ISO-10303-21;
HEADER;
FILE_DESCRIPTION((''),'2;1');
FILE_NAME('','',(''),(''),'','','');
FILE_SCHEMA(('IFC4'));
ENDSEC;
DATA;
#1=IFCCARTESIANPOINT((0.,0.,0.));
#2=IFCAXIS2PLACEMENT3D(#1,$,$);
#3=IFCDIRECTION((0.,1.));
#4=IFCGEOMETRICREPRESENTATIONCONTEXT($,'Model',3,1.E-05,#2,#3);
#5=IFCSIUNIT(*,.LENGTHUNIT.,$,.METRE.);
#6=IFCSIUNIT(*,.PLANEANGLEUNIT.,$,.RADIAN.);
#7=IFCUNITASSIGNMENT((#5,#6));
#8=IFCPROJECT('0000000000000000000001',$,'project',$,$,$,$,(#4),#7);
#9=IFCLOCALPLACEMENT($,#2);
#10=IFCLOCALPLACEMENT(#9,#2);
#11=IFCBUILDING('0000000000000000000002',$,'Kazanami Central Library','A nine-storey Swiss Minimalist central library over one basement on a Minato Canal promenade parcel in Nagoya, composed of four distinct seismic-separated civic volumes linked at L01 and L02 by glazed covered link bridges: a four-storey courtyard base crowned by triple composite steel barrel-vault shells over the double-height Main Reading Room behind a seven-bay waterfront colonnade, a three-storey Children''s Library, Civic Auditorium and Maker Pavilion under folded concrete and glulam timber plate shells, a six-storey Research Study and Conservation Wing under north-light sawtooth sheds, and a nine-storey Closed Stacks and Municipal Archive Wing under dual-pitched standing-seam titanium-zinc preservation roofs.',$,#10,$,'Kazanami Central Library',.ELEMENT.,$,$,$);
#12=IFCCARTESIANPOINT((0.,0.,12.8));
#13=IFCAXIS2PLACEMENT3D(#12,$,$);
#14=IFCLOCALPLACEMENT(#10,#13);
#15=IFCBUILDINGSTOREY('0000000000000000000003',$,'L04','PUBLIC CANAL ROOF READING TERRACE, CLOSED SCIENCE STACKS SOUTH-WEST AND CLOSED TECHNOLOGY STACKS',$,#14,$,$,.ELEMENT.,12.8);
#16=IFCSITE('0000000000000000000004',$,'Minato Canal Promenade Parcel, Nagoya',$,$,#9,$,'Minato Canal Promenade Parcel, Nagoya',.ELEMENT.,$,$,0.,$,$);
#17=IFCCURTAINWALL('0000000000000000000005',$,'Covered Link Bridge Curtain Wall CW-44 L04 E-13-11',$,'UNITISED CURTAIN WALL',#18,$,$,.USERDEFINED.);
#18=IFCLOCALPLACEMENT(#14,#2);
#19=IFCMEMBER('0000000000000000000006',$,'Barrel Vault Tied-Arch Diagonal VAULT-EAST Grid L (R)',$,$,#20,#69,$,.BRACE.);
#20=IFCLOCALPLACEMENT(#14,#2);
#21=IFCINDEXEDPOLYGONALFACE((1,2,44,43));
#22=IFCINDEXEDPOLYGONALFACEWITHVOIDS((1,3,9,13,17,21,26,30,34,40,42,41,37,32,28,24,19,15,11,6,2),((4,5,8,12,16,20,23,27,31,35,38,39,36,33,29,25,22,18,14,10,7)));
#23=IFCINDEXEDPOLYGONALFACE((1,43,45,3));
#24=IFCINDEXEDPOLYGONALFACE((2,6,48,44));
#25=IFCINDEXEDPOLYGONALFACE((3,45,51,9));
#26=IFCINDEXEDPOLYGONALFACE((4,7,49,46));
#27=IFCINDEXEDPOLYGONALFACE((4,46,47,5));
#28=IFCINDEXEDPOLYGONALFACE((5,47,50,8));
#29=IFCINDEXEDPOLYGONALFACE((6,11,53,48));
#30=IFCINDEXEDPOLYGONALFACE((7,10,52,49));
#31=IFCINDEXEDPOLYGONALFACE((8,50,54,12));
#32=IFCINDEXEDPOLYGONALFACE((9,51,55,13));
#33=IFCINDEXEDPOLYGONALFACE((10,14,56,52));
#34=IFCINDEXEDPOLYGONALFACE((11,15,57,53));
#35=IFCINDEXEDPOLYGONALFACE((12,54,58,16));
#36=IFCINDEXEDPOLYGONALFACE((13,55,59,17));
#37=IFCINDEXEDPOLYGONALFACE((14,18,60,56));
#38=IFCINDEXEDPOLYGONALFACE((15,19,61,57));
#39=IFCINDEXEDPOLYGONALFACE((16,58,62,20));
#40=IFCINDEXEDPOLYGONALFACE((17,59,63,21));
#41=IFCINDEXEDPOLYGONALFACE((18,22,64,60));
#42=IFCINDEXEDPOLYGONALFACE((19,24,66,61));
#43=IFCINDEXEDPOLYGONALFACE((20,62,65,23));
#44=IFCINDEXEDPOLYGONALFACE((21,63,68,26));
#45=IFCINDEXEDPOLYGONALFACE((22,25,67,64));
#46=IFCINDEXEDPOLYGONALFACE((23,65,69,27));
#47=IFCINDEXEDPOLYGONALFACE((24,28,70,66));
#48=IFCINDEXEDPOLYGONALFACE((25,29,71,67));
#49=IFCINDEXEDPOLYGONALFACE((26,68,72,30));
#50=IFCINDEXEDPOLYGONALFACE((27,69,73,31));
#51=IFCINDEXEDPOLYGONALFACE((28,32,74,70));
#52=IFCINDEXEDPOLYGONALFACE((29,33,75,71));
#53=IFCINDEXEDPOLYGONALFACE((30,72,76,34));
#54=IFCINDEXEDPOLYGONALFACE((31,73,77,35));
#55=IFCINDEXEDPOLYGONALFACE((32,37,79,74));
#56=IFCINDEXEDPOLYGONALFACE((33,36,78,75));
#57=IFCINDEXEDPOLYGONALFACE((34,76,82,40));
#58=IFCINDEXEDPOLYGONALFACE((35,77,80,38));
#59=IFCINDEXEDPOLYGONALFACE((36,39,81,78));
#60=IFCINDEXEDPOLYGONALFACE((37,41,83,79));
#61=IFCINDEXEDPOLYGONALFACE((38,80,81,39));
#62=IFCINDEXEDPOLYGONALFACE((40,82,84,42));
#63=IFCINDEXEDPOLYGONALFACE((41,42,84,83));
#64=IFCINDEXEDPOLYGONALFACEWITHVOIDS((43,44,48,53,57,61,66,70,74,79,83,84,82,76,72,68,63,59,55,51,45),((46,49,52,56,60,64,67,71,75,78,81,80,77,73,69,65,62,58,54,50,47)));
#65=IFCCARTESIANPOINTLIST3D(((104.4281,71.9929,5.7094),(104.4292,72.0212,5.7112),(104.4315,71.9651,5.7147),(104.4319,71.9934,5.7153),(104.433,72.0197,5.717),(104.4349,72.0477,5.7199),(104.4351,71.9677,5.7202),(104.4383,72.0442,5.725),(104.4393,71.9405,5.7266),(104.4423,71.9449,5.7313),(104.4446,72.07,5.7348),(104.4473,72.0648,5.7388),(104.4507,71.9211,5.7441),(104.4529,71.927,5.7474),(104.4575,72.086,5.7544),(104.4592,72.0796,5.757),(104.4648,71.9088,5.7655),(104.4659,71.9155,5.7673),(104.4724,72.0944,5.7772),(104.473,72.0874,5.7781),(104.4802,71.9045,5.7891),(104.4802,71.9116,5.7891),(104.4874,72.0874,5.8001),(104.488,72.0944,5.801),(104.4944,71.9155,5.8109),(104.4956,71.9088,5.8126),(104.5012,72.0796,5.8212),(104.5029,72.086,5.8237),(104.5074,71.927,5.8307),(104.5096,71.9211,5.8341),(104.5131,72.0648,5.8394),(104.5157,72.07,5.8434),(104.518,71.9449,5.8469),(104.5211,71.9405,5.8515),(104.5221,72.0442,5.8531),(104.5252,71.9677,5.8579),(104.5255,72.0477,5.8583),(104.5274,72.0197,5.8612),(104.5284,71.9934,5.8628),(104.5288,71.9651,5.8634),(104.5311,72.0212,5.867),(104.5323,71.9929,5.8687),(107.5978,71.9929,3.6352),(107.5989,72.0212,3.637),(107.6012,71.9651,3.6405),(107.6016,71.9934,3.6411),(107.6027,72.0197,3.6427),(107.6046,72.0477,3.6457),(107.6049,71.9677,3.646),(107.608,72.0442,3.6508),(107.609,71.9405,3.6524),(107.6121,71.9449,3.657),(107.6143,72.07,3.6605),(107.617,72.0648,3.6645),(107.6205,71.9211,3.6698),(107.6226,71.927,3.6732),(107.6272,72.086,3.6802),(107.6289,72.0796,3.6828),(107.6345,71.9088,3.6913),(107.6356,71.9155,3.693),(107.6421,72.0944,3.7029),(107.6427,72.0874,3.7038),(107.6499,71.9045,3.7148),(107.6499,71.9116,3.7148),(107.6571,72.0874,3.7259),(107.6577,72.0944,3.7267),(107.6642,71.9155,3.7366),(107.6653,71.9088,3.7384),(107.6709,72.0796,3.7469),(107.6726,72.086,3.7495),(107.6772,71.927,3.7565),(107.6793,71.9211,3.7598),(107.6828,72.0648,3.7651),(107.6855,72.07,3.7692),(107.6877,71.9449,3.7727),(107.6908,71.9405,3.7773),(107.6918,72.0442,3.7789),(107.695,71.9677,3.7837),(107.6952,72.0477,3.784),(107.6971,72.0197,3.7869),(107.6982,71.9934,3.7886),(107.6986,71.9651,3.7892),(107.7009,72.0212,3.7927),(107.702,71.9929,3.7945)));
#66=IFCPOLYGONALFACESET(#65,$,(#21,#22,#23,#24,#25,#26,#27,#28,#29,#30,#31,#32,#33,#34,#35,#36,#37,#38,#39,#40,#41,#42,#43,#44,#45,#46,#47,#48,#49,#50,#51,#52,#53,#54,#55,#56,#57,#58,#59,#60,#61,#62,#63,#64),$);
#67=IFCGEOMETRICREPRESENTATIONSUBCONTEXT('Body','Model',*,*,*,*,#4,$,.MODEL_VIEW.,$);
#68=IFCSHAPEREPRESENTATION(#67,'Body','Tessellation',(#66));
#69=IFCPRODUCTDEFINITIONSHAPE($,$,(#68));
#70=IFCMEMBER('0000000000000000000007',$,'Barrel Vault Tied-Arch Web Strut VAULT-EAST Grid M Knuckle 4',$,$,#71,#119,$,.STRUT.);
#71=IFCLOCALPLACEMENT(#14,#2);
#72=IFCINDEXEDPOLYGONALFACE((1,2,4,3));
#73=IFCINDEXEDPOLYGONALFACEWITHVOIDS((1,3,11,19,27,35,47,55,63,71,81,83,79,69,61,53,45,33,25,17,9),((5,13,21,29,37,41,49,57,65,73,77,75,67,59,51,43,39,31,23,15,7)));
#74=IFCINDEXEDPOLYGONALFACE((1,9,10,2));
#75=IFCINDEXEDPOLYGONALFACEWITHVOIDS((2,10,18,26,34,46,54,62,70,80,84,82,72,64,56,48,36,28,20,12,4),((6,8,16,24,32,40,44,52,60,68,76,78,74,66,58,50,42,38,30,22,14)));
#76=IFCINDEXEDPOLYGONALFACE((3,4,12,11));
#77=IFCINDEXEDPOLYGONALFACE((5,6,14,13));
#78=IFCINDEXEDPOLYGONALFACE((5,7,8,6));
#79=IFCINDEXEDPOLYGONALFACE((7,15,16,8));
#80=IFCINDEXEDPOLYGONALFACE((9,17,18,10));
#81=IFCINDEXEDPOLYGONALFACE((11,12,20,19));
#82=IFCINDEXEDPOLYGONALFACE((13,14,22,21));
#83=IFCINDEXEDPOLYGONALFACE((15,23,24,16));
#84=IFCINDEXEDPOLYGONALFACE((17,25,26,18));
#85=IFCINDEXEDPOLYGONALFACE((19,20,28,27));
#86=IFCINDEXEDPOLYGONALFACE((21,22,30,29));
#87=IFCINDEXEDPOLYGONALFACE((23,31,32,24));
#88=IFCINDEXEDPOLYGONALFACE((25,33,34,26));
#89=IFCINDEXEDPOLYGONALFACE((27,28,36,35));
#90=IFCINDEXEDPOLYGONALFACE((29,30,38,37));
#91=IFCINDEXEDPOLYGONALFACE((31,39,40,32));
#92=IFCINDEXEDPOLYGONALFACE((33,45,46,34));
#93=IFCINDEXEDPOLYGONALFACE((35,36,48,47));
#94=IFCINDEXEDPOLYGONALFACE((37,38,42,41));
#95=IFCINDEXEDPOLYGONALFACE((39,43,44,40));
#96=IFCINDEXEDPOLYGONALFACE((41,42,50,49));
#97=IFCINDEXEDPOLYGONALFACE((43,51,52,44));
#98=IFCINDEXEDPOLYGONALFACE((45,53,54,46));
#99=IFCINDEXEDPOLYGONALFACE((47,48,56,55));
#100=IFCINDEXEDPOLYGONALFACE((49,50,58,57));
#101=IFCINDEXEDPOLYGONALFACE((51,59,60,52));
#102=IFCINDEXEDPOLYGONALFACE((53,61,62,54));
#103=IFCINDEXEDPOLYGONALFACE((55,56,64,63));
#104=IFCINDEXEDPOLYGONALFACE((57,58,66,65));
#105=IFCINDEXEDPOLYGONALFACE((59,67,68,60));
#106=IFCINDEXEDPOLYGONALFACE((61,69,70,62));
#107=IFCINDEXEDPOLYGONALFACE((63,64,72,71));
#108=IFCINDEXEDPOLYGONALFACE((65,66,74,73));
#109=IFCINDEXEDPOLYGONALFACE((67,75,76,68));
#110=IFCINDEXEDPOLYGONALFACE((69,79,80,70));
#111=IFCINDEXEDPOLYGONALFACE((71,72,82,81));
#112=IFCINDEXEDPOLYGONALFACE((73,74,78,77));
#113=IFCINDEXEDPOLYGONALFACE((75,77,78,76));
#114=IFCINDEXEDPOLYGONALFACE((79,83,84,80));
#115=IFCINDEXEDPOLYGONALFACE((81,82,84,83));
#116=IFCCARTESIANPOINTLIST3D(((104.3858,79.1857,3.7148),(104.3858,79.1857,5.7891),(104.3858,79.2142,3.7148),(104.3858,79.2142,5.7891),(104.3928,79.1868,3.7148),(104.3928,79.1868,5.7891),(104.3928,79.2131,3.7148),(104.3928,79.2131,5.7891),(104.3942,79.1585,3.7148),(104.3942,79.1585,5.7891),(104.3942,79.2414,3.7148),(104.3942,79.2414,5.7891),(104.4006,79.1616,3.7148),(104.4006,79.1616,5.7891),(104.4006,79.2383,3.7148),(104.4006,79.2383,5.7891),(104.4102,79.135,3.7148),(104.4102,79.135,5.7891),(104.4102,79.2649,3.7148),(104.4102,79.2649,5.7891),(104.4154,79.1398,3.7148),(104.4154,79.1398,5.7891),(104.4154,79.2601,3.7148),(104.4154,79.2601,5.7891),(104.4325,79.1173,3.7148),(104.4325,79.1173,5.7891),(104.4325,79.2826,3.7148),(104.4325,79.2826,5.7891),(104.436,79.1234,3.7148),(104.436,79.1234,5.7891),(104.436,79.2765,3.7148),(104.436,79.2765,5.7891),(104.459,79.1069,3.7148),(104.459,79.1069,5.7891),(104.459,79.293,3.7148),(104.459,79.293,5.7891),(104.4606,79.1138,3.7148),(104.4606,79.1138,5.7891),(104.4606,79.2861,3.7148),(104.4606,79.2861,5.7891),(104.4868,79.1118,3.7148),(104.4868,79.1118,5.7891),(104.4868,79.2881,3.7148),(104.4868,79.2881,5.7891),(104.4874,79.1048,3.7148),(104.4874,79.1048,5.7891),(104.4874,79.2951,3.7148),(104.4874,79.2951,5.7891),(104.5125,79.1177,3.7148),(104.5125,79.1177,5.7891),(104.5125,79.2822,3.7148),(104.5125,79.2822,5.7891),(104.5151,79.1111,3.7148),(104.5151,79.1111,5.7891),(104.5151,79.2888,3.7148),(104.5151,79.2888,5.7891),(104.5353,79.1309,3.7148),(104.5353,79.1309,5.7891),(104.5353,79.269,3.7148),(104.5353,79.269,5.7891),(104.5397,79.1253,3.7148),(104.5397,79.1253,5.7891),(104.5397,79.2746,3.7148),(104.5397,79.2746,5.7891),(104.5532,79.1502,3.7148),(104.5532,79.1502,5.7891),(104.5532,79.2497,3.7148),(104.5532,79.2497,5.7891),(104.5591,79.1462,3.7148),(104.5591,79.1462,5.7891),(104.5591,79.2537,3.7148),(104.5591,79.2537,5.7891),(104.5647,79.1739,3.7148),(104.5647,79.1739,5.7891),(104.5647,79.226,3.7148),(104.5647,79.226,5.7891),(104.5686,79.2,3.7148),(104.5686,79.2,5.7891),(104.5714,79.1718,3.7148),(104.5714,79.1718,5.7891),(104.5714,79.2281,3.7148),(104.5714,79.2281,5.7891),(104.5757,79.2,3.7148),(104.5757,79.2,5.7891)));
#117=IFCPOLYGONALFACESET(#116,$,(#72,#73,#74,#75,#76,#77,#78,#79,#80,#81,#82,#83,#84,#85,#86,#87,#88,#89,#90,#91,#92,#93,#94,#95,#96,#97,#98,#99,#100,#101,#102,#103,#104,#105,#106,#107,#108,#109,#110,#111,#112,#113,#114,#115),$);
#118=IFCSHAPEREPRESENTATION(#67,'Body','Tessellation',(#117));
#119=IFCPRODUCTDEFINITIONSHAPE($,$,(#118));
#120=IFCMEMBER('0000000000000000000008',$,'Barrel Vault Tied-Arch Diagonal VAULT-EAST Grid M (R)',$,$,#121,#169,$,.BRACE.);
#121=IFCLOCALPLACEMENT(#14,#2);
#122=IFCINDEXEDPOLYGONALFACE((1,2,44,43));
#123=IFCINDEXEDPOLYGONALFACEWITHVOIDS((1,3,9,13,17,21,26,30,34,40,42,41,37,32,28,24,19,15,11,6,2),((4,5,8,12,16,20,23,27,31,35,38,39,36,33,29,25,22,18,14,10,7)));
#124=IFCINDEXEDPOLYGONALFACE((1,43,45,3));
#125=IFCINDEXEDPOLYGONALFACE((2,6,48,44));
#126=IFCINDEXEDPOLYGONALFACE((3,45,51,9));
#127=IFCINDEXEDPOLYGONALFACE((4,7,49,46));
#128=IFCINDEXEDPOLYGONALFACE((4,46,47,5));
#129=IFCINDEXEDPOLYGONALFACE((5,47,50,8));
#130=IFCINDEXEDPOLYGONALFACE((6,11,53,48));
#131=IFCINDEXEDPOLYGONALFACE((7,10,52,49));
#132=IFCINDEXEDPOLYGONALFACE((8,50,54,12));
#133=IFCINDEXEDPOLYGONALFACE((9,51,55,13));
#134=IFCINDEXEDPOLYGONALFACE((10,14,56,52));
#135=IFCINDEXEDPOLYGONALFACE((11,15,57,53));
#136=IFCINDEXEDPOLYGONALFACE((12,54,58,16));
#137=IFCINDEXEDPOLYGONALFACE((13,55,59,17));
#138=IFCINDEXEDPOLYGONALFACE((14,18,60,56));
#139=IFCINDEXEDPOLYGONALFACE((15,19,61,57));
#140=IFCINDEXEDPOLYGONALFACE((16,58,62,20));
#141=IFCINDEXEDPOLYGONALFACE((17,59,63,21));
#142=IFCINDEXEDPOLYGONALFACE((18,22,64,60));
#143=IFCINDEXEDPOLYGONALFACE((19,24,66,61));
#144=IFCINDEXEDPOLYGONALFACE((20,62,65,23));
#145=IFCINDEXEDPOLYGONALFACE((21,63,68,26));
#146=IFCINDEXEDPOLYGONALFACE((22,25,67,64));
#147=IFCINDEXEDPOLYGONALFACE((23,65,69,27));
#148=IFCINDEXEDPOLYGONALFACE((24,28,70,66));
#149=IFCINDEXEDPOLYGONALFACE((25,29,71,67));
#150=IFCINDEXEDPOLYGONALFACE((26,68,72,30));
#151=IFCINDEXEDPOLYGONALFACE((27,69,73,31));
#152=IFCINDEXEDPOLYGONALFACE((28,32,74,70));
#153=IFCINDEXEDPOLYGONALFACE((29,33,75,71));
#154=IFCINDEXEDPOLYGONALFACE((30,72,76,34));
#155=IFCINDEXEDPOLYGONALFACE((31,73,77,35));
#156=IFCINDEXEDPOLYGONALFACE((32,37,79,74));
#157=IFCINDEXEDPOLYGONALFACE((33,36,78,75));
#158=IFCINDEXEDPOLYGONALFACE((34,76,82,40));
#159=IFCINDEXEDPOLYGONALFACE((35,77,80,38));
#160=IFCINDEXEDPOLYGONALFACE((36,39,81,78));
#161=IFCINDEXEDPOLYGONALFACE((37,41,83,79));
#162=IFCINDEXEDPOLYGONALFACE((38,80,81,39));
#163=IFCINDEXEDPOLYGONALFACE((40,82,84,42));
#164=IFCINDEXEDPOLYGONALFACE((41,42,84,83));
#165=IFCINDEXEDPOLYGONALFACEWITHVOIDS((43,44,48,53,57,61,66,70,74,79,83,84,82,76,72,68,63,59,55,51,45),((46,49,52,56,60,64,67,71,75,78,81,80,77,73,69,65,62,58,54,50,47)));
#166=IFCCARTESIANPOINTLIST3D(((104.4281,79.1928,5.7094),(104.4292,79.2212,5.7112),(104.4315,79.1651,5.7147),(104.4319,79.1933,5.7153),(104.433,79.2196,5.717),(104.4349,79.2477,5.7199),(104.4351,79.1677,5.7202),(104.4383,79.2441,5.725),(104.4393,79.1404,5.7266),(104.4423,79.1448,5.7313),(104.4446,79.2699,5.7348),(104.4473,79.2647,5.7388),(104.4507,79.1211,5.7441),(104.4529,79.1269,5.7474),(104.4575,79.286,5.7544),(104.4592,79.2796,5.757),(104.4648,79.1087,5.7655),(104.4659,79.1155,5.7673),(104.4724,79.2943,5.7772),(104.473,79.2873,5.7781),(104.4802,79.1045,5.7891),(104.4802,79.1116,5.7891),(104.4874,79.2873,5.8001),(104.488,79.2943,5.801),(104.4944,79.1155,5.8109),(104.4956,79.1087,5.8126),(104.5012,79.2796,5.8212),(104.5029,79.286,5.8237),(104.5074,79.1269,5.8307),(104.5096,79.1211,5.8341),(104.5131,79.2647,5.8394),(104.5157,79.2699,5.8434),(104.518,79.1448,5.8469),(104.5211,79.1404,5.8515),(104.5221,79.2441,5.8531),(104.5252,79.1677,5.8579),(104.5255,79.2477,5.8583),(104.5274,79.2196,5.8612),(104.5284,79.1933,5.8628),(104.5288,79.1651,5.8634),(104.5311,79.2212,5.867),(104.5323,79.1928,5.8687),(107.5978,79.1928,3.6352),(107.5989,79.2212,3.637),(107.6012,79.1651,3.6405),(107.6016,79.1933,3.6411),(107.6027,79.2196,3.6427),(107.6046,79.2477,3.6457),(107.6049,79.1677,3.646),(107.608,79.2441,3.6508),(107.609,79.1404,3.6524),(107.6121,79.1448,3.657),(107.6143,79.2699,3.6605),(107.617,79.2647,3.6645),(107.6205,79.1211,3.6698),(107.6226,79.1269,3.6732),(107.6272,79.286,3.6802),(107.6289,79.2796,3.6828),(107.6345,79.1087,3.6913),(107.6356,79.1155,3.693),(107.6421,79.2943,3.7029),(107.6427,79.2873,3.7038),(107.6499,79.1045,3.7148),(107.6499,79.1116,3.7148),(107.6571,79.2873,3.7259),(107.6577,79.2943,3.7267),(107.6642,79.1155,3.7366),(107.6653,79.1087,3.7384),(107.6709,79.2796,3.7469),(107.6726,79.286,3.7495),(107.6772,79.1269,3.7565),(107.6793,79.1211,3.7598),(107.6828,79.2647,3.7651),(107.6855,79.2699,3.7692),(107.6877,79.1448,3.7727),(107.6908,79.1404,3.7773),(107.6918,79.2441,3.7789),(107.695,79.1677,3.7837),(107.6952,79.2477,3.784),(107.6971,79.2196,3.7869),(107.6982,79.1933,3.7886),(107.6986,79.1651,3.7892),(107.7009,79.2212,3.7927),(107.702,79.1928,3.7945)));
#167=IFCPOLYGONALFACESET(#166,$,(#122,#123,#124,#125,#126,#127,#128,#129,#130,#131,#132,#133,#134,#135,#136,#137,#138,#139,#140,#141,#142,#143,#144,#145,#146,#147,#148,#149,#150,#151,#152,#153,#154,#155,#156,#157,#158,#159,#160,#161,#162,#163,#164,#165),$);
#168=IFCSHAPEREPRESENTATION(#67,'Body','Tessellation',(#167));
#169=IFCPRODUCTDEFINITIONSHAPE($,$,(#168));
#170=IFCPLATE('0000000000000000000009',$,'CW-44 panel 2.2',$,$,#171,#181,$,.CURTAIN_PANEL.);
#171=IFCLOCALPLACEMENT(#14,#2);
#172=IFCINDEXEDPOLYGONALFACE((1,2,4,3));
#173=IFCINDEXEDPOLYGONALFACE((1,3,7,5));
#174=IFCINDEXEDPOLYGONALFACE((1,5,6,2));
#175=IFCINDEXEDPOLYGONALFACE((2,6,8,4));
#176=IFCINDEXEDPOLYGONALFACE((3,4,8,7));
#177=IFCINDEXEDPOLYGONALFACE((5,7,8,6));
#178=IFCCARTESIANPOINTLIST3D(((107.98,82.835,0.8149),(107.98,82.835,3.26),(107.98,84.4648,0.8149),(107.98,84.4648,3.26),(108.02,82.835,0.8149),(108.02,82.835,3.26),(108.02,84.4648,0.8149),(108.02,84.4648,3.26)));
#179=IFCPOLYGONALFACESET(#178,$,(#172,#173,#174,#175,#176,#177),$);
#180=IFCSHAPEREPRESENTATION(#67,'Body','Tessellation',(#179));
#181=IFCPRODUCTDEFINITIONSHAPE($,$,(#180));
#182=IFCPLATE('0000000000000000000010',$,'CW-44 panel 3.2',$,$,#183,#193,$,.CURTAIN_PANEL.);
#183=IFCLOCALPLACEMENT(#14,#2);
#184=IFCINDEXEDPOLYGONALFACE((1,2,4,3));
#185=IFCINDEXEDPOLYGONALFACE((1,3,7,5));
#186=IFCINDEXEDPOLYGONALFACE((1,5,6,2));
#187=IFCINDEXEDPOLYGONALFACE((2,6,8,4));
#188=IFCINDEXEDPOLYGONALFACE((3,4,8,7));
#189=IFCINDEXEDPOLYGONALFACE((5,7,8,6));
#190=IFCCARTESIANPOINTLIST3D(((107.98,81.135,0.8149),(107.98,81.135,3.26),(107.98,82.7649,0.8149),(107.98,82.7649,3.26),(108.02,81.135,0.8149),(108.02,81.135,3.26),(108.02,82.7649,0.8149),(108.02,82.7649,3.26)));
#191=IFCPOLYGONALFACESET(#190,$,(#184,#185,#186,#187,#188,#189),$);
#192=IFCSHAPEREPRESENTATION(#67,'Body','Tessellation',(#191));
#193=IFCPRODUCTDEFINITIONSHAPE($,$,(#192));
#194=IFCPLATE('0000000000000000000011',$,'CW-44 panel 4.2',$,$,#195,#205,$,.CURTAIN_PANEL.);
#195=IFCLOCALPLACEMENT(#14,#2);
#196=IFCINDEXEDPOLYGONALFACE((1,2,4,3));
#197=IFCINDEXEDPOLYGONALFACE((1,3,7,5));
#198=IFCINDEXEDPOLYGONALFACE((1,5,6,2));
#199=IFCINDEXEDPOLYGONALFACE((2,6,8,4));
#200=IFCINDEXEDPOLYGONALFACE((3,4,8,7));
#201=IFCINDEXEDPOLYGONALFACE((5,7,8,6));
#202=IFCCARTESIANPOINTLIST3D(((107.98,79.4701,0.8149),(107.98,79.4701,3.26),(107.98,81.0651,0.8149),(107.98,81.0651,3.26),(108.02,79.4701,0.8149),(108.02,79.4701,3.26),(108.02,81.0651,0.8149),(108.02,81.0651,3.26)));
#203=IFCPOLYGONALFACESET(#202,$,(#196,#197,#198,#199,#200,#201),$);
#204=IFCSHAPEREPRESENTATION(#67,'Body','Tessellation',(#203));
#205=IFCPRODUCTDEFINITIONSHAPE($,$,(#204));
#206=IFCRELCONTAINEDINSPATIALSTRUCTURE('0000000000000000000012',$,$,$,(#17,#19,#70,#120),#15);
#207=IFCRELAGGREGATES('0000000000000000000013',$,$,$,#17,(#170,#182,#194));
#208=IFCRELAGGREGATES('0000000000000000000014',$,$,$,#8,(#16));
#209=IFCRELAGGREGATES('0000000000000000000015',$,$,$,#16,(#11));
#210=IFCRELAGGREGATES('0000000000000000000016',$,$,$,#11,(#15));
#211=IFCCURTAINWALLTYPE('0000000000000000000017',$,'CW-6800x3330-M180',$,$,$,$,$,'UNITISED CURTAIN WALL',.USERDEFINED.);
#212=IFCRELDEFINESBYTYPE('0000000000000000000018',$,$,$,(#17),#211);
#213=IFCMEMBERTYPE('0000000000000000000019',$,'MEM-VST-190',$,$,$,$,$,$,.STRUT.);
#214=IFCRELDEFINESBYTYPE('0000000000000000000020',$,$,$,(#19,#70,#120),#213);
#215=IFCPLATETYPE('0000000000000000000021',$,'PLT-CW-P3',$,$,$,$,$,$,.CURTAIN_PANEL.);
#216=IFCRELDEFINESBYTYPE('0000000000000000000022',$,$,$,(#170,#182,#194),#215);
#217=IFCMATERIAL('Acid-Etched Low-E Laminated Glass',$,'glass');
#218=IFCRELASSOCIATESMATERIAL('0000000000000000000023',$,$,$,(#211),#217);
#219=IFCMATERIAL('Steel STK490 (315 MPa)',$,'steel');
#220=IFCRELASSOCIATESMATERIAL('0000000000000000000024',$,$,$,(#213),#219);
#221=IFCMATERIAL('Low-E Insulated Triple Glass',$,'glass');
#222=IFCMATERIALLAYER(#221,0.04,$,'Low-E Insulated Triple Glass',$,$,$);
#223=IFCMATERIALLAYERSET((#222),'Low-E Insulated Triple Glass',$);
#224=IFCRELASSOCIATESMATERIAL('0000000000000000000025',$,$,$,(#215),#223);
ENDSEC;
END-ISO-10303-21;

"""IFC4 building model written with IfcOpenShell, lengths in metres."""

from ifc_helpers import new_model, si_unit, direction, frame, origin, origin_2d, place, context, subcontext, project, spatial, rectangle, hollow_circle, extrude, material, layer, layer_set, material_profile, profile_set, type_object, element, aggregate, save


model = new_model("IFC4")

# Units and contexts
model_context = context("Model", 3, precision=1e-05, world=origin(), true_north=direction((0.0, 1.0)))
body_context = subcontext(model_context, "Body", "Model", "MODEL_VIEW")
ifc_project = project(units=[si_unit("LENGTHUNIT", "METRE"), si_unit("PLANEANGLEUNIT", "RADIAN")], contexts=[model_context])

# Site, building, storey
site_placement = place(None, origin())
site = spatial("IfcSite", under=ifc_project, at=site_placement, Name="Minato Canal Promenade Parcel, Nagoya", LongName="Minato Canal Promenade Parcel, Nagoya", CompositionType="ELEMENT", RefElevation=0.0)
building_placement = place(site_placement, origin())
building = spatial("IfcBuilding", under=site, at=building_placement, Name="Kazanami Central Library", Description="A nine-storey Swiss Minimalist central library over one basement on a Minato Canal promenade parcel in Nagoya, composed of four distinct seismic-separated civic volumes linked at L01 and L02 by glazed covered link bridges: a four-storey courtyard base crowned by triple composite steel barrel-vault shells over the double-height Main Reading Room behind a seven-bay waterfront colonnade, a three-storey Children's Library, Civic Auditorium and Maker Pavilion under folded concrete and glulam timber plate shells, a six-storey Research Study and Conservation Wing under north-light sawtooth sheds, and a nine-storey Closed Stacks and Municipal Archive Wing under dual-pitched standing-seam titanium-zinc preservation roofs.", LongName="Kazanami Central Library", CompositionType="ELEMENT")
storey_placement = place(building_placement, frame((0.0, 0.0, 12.8)))
storey = spatial("IfcBuildingStorey", under=building, at=storey_placement, Name="L04", Description="PUBLIC CANAL ROOF READING TERRACE, CLOSED SCIENCE STACKS SOUTH-WEST AND CLOSED TECHNOLOGY STACKS", CompositionType="ELEMENT", Elevation=12.8)

# Curtain wall
ifc_material_1 = material(Name="Acid-Etched Low-E Laminated Glass", Category="glass")
curtain_wall_type = type_object("IfcCurtainWallType", Name="CW-6800x3330-M180", ElementType="UNITISED CURTAIN WALL", PredefinedType="USERDEFINED", material=ifc_material_1)
curtain_wall_placement = place(storey_placement, origin())
curtain_wall = element("IfcCurtainWall", 1, at=curtain_wall_placement, inside=storey, type_object=curtain_wall_type, Name="Covered Link Bridge Curtain Wall CW-44 L04 E-13-11", ObjectType="UNITISED CURTAIN WALL", PredefinedType="USERDEFINED")

# Members
ifc_material_2 = material(Name="Steel STK490 (315 MPa)", Category="steel")
ifc_material_profile_1 = material_profile(ifc_material_2, hollow_circle(Radius=0.0955, WallThickness=0.0071, at=origin_2d()), Name="CHS-190.7x7.0")
ifc_profile_set_1 = profile_set([ifc_material_profile_1], Name="Steel STK490 (315 MPa)")
member_type_1 = type_object("IfcMemberType", Name="MEM-VST-190", PredefinedType="STRUT", material=ifc_profile_set_1)
member_1_placement = place(storey_placement, frame((107.6499, 72.0, 3.7148), z_axis=(-0.83676, 0.0, 0.547571), x_axis=(0.0, -1.0, 0.0)))
element("IfcMember", 2, at=member_1_placement, inside=storey, type_object=member_type_1, Name="Barrel Vault Tied-Arch Diagonal VAULT-EAST Grid L (R)", PredefinedType="BRACE", context=body_context, shape_type="SweptSolid", body=[
    extrude(hollow_circle(Radius=0.0955, WallThickness=0.0071, at=origin_2d()), origin(), (0.0, 0.0, 1.0), 3.7881),
])
member_2_placement = place(storey_placement, frame((104.4802, 79.2, 3.7148), z_axis=(0.0, 0.0, 1.0), x_axis=(1.0, 0.0, 0.0)))
element("IfcMember", 3, at=member_2_placement, inside=storey, type_object=member_type_1, Name="Barrel Vault Tied-Arch Web Strut VAULT-EAST Grid M Knuckle 4", PredefinedType="STRUT", context=body_context, shape_type="SweptSolid", body=[
    extrude(hollow_circle(Radius=0.0955, WallThickness=0.0071, at=origin_2d()), origin(), (0.0, 0.0, 1.0), 2.0742),
])
member_3_placement = place(storey_placement, frame((107.6499, 79.2, 3.7148), z_axis=(-0.83676, 0.0, 0.547571), x_axis=(0.0, -1.0, 0.0)))
element("IfcMember", 4, at=member_3_placement, inside=storey, type_object=member_type_1, Name="Barrel Vault Tied-Arch Diagonal VAULT-EAST Grid M (R)", PredefinedType="BRACE", context=body_context, shape_type="SweptSolid", body=[
    extrude(hollow_circle(Radius=0.0955, WallThickness=0.0071, at=origin_2d()), origin(), (0.0, 0.0, 1.0), 3.7881),
])

# Plates
ifc_material_3 = material(Name="Low-E Insulated Triple Glass", Category="glass")
ifc_layer_1 = layer(ifc_material_3, 0.04, Name="Low-E Insulated Triple Glass")
ifc_layer_set_1 = layer_set([ifc_layer_1], Name="Low-E Insulated Triple Glass")
plate_type_1 = type_object("IfcPlateType", Name="PLT-CW-P3", PredefinedType="CURTAIN_PANEL", material=ifc_layer_set_1)
plate_1_placement = place(storey_placement, frame((108.0, 83.6499, 0.8149), z_axis=(0.0, 0.0, 1.0), x_axis=(0.0, -1.0, 0.0)))
plate_1 = element("IfcPlate", 5, at=plate_1_placement, type_object=plate_type_1, Name="CW-44 panel 2.2", PredefinedType="CURTAIN_PANEL", context=body_context, shape_type="SweptSolid", body=[
    extrude(rectangle(XDim=1.6299, YDim=0.04, at=origin_2d()), origin(), (0.0, 0.0, 1.0), 2.4451),
])
plate_2_placement = place(storey_placement, frame((108.0, 81.95, 0.8149), z_axis=(0.0, 0.0, 1.0), x_axis=(0.0, -1.0, 0.0)))
plate_2 = element("IfcPlate", 6, at=plate_2_placement, type_object=plate_type_1, Name="CW-44 panel 3.2", PredefinedType="CURTAIN_PANEL", context=body_context, shape_type="SweptSolid", body=[
    extrude(rectangle(XDim=1.6299, YDim=0.04, at=origin_2d()), origin(), (0.0, 0.0, 1.0), 2.4451),
])
plate_3_placement = place(storey_placement, frame((108.0, 80.2676, 0.8149), z_axis=(0.0, 0.0, 1.0), x_axis=(0.0, -1.0, 0.0)))
plate_3 = element("IfcPlate", 7, at=plate_3_placement, type_object=plate_type_1, Name="CW-44 panel 4.2", PredefinedType="CURTAIN_PANEL", context=body_context, shape_type="SweptSolid", body=[
    extrude(rectangle(XDim=1.595, YDim=0.04, at=origin_2d()), origin(), (0.0, 0.0, 1.0), 2.4451),
])
aggregate(curtain_wall, [plate_1, plate_2, plate_3])

save(model, "model.ifc")
